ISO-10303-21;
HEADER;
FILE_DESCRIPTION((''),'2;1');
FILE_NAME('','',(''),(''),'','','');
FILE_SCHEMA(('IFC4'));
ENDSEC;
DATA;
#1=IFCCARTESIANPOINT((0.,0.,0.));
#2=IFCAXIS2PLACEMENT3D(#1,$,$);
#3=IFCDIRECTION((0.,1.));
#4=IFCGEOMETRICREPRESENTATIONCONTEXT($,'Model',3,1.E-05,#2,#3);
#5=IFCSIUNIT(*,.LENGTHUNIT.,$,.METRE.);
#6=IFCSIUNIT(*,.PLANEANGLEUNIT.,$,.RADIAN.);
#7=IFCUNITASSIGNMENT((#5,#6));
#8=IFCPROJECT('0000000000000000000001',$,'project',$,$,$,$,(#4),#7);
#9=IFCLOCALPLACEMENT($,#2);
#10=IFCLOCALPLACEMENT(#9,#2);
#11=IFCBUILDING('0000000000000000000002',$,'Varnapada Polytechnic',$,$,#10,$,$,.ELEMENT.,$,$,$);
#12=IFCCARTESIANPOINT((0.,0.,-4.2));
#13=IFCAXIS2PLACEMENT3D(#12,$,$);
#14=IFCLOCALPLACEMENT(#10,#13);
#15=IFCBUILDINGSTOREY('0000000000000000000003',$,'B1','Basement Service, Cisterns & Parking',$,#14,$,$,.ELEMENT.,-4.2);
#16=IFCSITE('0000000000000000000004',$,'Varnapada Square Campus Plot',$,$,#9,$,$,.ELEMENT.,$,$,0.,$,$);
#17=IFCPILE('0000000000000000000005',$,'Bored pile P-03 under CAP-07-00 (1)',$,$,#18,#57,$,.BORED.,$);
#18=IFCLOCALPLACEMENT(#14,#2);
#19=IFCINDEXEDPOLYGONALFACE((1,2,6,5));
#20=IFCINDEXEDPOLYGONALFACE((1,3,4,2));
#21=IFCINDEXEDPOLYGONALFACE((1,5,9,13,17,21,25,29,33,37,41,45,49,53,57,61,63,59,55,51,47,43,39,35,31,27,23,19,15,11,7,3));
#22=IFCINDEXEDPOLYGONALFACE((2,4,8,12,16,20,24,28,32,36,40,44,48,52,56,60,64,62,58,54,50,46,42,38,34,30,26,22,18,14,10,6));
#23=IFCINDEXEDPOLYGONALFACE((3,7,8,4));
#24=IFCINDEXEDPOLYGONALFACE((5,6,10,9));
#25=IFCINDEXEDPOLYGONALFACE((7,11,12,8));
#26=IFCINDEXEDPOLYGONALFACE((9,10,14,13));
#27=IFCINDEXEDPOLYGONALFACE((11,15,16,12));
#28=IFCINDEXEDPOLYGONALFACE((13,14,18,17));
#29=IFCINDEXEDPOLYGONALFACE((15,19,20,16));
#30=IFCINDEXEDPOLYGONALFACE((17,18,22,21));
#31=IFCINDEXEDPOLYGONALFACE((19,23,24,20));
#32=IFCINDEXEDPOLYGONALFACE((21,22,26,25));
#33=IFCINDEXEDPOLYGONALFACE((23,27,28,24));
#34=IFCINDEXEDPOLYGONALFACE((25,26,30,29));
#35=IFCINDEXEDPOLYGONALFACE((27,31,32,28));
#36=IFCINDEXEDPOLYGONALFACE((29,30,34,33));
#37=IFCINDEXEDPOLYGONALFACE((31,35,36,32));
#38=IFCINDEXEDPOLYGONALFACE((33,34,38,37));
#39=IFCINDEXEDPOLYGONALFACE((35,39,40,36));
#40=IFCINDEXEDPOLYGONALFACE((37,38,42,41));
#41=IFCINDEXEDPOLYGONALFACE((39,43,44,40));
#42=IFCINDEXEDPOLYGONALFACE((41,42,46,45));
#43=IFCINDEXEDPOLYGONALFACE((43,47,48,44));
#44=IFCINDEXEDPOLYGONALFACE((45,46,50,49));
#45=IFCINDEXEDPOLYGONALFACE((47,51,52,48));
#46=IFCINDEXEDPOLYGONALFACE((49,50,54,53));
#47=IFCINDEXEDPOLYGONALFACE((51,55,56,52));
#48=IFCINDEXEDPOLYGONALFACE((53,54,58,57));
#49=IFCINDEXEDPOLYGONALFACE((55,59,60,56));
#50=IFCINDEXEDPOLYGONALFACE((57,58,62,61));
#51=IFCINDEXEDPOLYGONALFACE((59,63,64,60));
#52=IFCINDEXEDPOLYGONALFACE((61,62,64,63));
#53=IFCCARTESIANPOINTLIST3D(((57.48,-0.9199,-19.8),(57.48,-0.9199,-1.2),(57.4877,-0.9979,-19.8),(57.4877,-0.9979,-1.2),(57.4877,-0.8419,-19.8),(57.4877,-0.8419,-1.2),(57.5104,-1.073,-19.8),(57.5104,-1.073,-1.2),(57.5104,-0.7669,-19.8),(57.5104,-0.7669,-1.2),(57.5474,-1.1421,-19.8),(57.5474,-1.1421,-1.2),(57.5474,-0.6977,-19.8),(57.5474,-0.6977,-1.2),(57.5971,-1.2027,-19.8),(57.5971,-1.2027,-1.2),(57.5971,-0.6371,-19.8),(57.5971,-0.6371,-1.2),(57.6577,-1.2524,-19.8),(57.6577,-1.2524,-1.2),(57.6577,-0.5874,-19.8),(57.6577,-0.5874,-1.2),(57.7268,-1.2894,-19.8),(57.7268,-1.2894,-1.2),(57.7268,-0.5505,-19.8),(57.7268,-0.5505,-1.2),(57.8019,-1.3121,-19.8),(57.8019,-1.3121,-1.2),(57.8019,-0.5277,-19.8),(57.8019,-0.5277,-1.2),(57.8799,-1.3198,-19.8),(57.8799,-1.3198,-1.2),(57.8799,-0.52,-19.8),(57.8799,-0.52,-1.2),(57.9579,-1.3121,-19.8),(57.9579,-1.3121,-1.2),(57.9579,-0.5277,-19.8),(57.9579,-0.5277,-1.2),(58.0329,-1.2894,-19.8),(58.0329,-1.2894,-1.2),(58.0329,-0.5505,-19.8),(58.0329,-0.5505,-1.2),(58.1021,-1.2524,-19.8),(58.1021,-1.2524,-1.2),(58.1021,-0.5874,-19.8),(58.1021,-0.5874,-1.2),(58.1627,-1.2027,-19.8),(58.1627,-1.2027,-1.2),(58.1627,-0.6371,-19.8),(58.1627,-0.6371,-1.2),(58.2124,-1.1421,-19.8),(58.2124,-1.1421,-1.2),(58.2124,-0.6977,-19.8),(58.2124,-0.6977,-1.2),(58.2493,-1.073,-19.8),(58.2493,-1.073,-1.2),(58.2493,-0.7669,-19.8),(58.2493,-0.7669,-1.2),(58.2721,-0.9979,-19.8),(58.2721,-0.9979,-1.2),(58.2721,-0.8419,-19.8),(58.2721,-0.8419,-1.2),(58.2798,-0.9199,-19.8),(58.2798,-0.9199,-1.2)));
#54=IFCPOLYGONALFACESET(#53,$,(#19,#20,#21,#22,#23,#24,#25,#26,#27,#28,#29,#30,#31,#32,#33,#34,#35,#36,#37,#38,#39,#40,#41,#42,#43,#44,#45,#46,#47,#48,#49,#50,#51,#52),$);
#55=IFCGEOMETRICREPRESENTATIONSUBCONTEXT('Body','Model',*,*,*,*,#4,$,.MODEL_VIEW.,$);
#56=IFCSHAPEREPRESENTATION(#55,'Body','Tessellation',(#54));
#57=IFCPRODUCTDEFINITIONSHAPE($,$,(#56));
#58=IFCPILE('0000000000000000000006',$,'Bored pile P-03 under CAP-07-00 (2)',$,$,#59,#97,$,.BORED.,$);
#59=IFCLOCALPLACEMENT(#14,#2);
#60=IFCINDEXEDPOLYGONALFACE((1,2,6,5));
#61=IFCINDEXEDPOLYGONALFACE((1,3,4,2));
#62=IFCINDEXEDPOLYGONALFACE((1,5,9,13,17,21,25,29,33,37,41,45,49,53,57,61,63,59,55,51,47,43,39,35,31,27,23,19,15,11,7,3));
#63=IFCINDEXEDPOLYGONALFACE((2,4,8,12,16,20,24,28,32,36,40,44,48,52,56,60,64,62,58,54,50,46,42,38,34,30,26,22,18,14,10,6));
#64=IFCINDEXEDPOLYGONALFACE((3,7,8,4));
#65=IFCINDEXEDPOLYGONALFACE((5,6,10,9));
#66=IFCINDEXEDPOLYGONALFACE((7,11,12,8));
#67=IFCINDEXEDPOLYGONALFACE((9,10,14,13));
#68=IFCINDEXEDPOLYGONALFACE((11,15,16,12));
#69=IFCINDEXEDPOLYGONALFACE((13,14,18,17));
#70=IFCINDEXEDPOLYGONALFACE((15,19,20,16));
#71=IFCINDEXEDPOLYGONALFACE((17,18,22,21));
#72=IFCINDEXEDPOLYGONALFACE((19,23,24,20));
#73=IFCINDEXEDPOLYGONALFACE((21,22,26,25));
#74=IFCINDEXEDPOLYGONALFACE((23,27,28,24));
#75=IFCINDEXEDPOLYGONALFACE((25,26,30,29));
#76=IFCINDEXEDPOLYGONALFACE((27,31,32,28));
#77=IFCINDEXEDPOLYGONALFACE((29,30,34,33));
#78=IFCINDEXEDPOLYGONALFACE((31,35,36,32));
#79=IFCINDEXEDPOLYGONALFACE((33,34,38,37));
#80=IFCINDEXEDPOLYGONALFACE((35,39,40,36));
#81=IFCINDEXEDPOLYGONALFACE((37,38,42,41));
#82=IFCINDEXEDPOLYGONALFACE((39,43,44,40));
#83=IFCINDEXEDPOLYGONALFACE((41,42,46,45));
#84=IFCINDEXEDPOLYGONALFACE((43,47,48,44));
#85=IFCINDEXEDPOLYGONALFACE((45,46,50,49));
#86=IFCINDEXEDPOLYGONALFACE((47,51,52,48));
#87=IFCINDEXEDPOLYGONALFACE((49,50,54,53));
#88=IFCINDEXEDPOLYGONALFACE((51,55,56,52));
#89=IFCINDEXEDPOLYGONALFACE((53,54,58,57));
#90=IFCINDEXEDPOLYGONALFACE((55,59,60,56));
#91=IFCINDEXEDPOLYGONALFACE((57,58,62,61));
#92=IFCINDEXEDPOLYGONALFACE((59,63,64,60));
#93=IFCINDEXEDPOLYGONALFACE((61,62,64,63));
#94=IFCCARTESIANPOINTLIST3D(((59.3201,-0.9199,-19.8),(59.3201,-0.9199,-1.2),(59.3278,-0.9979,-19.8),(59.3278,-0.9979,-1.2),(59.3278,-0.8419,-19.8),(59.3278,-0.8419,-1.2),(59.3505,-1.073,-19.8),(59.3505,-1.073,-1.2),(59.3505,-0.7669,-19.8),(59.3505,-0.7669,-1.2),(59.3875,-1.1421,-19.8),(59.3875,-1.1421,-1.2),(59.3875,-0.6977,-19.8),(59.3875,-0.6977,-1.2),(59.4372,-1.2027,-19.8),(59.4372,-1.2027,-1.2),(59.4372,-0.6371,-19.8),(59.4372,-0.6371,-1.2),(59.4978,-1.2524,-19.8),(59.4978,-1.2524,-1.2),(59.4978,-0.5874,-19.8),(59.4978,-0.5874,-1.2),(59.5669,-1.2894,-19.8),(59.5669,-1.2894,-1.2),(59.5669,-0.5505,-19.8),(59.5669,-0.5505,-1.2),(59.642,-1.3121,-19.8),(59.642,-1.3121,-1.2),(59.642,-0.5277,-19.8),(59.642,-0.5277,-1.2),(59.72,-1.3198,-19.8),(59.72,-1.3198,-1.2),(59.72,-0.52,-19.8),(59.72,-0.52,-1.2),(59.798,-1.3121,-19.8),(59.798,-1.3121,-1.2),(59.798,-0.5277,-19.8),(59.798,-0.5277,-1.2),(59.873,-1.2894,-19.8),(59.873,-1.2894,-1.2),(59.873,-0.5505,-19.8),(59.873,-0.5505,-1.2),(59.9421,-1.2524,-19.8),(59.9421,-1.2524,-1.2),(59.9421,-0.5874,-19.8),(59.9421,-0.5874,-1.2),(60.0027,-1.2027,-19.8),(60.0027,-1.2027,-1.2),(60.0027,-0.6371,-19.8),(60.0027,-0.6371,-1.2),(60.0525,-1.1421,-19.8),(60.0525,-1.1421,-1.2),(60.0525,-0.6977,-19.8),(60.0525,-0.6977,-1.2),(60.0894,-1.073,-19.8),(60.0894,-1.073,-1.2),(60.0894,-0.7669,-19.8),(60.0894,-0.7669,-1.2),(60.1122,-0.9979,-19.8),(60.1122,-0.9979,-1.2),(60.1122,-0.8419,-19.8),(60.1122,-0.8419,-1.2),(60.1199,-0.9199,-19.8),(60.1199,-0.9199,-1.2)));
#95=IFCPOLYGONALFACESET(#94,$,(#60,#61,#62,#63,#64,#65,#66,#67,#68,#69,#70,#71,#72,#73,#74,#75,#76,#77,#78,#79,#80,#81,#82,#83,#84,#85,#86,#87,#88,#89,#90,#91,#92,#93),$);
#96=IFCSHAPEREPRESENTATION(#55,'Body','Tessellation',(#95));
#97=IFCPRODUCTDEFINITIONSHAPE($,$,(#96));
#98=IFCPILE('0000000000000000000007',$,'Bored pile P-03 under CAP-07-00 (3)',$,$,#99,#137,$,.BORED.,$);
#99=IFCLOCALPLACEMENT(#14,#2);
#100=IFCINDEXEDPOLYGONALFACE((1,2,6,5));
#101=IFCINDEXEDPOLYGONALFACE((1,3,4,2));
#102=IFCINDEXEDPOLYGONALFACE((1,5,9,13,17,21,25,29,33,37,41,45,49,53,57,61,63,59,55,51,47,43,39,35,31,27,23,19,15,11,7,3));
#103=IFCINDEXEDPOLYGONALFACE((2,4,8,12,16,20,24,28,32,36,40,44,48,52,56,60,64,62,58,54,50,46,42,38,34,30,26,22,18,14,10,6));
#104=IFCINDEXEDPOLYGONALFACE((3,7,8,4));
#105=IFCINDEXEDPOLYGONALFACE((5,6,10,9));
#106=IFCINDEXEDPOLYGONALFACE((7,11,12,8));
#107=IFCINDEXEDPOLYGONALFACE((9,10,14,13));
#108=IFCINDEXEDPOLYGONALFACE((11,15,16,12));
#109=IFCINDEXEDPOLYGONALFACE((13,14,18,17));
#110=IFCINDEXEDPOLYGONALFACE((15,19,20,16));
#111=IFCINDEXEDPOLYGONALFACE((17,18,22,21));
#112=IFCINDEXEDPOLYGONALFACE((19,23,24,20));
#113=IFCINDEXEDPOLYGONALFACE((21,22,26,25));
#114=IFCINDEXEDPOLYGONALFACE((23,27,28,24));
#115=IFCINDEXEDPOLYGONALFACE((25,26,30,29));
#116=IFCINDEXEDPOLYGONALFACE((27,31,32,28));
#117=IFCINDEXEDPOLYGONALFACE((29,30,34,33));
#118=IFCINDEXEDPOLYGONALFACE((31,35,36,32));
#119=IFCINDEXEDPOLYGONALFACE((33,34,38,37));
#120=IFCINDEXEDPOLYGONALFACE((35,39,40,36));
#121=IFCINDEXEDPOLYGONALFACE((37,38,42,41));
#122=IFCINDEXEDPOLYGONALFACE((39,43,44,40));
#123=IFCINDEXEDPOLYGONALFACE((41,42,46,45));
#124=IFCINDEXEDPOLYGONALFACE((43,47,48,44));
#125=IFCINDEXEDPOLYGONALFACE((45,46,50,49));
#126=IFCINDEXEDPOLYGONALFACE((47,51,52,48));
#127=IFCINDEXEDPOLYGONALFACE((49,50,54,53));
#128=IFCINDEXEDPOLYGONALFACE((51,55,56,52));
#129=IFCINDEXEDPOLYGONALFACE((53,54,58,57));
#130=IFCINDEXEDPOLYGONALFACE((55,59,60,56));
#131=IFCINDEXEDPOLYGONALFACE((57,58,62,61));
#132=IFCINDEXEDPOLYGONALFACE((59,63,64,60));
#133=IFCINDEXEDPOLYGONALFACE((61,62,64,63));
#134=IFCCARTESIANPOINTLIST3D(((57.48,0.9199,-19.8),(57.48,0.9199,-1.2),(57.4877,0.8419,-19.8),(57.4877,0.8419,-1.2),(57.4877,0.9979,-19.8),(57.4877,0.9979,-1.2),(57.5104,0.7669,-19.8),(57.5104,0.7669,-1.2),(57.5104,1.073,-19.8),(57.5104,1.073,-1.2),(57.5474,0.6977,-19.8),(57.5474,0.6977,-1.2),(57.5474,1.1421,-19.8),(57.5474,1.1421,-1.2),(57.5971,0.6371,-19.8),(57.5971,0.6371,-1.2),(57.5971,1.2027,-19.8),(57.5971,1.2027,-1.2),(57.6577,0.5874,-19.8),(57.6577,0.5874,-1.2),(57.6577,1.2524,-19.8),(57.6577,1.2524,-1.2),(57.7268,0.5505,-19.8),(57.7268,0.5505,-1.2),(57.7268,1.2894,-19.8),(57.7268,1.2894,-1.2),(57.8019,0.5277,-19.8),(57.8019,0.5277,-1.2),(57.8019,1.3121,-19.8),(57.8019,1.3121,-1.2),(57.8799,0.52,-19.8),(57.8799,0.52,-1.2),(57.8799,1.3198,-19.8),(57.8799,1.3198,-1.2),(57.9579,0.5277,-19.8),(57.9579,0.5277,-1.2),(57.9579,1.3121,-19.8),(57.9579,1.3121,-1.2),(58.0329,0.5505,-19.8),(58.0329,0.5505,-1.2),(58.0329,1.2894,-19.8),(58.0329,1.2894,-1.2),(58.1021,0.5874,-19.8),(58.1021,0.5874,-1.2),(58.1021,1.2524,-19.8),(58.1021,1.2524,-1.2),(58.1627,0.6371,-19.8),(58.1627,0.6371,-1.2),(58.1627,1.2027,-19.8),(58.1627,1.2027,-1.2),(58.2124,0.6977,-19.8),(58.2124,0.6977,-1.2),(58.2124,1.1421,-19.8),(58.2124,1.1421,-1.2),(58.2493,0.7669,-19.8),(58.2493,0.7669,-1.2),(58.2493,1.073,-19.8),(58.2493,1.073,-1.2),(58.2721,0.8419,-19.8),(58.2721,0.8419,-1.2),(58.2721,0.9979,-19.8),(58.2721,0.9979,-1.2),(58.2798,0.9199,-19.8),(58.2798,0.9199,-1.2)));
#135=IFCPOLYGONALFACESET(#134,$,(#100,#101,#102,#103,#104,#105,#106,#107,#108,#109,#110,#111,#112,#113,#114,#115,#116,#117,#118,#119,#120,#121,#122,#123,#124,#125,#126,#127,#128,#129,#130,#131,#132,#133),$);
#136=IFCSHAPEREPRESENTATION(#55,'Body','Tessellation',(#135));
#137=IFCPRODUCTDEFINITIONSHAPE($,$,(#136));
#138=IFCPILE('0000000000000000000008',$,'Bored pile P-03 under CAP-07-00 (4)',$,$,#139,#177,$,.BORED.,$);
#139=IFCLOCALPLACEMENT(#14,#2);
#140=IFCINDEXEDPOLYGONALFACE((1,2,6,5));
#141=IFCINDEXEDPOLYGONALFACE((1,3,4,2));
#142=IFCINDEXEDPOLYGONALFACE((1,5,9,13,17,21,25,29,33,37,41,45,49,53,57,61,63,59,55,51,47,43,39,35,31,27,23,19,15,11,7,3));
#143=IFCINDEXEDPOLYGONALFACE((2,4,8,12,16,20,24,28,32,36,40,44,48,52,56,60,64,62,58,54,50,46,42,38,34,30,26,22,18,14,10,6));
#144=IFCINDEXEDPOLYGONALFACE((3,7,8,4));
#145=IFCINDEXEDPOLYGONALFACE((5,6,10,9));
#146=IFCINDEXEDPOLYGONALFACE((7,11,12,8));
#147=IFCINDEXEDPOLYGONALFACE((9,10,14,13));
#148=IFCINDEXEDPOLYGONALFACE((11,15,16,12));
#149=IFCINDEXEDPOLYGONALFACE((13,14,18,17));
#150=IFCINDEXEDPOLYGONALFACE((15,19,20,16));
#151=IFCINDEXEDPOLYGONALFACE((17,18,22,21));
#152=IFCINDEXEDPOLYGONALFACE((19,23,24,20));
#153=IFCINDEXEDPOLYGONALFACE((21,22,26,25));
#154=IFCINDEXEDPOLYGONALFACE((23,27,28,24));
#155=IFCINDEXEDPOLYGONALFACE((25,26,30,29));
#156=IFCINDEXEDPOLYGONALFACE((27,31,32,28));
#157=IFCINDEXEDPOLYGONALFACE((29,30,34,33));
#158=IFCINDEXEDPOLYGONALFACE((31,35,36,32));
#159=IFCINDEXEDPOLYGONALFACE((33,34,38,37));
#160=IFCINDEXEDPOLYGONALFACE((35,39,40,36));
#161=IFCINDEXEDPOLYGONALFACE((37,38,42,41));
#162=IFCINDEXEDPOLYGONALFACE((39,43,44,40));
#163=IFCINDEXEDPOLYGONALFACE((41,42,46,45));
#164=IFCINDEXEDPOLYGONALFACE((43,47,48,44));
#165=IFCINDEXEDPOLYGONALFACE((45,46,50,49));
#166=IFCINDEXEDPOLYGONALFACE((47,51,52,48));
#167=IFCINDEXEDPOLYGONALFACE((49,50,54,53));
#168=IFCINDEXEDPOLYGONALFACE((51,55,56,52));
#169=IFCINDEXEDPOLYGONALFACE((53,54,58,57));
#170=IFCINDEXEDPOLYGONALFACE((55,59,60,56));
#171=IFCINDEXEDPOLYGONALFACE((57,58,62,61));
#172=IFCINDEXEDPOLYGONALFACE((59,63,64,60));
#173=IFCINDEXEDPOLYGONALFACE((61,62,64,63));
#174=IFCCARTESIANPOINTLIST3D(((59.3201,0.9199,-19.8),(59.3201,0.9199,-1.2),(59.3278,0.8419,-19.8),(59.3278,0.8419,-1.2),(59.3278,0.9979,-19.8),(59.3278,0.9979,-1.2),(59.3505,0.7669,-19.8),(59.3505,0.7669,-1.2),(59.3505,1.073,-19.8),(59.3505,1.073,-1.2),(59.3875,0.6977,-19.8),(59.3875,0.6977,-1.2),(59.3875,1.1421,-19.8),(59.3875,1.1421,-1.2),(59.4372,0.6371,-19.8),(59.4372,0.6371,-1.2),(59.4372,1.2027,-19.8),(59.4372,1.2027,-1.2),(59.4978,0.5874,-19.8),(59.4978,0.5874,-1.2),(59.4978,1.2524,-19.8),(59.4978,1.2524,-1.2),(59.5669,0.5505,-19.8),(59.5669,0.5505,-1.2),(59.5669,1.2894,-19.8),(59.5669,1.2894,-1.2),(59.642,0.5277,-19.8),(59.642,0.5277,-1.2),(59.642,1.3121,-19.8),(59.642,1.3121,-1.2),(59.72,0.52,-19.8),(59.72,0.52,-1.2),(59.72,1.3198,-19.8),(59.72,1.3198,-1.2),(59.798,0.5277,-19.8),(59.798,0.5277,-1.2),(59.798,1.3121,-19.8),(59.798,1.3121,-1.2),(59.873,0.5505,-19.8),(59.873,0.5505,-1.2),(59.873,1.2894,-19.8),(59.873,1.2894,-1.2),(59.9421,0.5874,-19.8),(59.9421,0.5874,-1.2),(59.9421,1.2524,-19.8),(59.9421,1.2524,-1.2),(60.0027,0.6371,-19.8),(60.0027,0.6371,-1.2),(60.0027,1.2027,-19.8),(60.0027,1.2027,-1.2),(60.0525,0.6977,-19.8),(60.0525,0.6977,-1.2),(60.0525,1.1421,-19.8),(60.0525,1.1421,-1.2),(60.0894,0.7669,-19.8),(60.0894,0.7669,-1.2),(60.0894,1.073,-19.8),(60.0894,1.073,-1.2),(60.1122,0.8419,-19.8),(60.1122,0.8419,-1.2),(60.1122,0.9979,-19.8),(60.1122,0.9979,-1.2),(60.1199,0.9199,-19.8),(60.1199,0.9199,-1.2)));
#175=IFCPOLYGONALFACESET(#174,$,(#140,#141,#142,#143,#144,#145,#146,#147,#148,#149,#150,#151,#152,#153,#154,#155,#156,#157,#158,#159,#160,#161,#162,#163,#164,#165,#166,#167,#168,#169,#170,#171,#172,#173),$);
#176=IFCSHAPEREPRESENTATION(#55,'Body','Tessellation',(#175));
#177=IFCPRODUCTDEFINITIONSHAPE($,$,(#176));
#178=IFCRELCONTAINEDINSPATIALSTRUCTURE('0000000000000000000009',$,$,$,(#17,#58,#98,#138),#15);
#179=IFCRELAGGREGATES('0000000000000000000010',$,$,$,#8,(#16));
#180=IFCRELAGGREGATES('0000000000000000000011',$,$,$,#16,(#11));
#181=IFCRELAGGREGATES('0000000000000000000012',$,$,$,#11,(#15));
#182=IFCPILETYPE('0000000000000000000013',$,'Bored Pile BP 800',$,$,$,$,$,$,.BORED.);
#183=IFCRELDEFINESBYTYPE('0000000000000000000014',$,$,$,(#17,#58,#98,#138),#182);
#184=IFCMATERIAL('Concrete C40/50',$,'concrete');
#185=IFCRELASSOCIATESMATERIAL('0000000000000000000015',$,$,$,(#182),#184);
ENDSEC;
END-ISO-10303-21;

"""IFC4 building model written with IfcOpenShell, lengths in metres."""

from ifc_helpers import new_model, si_unit, direction, frame, origin, origin_2d, place, context, subcontext, project, spatial, circle, extrude, material, material_profile, profile_set, type_object, element, save


model = new_model("IFC4")

# Units and contexts
model_context = context("Model", 3, precision=1e-05, world=origin(), true_north=direction((0.0, 1.0)))
body_context = subcontext(model_context, "Body", "Model", "MODEL_VIEW")
ifc_project = project(units=[si_unit("LENGTHUNIT", "METRE"), si_unit("PLANEANGLEUNIT", "RADIAN")], contexts=[model_context])

# Site, building, storey
site_placement = place(None, origin())
site = spatial("IfcSite", under=ifc_project, at=site_placement, Name="Varnapada Square Campus Plot", CompositionType="ELEMENT", RefElevation=0.0)
building_placement = place(site_placement, origin())
building = spatial("IfcBuilding", under=site, at=building_placement, Name="Varnapada Polytechnic", CompositionType="ELEMENT")
storey_placement = place(building_placement, frame((0.0, 0.0, -4.2)))
storey = spatial("IfcBuildingStorey", under=building, at=storey_placement, Name="B1", Description="Basement Service, Cisterns & Parking", CompositionType="ELEMENT", Elevation=-4.2)

# Piles
ifc_material_1 = material(Name="Concrete C40/50", Category="concrete")
ifc_material_profile_1 = material_profile(ifc_material_1, circle(Radius=0.3999, at=origin_2d()), Name="BP 800")
ifc_profile_set_1 = profile_set([ifc_material_profile_1], Name="Concrete C40/50")
pile_type_1 = type_object("IfcPileType", Name="Bored Pile BP 800", PredefinedType="BORED", material=ifc_profile_set_1)
for number, where, z_axis, x_axis, name in (
    (1, (57.8799, -0.9199, -1.2), (0.0, 0.0, -1.0), (1.0, 0.0, 0.0), "Bored pile P-03 under CAP-07-00 (1)"),
    (2, (59.72, -0.9199, -1.2), (0.0, 0.0, -1.0), (1.0, 0.0, 0.0), "Bored pile P-03 under CAP-07-00 (2)"),
    (3, (57.8799, 0.9199, -1.2), (0.0, 0.0, -1.0), (1.0, 0.0, 0.0), "Bored pile P-03 under CAP-07-00 (3)"),
    (4, (59.72, 0.9199, -1.2), (0.0, 0.0, -1.0), (1.0, 0.0, 0.0), "Bored pile P-03 under CAP-07-00 (4)"),
):
    element("IfcPile", number, at=place(storey_placement, frame(where, z_axis=z_axis, x_axis=x_axis)), inside=storey, type_object=pile_type_1, Name=name, PredefinedType="BORED", context=body_context, shape_type="SweptSolid", body=[
        extrude(circle(Radius=0.3999, at=origin_2d()), origin(), (0.0, 0.0, 1.0), 18.6001),
    ])

save(model, "model.ifc")
